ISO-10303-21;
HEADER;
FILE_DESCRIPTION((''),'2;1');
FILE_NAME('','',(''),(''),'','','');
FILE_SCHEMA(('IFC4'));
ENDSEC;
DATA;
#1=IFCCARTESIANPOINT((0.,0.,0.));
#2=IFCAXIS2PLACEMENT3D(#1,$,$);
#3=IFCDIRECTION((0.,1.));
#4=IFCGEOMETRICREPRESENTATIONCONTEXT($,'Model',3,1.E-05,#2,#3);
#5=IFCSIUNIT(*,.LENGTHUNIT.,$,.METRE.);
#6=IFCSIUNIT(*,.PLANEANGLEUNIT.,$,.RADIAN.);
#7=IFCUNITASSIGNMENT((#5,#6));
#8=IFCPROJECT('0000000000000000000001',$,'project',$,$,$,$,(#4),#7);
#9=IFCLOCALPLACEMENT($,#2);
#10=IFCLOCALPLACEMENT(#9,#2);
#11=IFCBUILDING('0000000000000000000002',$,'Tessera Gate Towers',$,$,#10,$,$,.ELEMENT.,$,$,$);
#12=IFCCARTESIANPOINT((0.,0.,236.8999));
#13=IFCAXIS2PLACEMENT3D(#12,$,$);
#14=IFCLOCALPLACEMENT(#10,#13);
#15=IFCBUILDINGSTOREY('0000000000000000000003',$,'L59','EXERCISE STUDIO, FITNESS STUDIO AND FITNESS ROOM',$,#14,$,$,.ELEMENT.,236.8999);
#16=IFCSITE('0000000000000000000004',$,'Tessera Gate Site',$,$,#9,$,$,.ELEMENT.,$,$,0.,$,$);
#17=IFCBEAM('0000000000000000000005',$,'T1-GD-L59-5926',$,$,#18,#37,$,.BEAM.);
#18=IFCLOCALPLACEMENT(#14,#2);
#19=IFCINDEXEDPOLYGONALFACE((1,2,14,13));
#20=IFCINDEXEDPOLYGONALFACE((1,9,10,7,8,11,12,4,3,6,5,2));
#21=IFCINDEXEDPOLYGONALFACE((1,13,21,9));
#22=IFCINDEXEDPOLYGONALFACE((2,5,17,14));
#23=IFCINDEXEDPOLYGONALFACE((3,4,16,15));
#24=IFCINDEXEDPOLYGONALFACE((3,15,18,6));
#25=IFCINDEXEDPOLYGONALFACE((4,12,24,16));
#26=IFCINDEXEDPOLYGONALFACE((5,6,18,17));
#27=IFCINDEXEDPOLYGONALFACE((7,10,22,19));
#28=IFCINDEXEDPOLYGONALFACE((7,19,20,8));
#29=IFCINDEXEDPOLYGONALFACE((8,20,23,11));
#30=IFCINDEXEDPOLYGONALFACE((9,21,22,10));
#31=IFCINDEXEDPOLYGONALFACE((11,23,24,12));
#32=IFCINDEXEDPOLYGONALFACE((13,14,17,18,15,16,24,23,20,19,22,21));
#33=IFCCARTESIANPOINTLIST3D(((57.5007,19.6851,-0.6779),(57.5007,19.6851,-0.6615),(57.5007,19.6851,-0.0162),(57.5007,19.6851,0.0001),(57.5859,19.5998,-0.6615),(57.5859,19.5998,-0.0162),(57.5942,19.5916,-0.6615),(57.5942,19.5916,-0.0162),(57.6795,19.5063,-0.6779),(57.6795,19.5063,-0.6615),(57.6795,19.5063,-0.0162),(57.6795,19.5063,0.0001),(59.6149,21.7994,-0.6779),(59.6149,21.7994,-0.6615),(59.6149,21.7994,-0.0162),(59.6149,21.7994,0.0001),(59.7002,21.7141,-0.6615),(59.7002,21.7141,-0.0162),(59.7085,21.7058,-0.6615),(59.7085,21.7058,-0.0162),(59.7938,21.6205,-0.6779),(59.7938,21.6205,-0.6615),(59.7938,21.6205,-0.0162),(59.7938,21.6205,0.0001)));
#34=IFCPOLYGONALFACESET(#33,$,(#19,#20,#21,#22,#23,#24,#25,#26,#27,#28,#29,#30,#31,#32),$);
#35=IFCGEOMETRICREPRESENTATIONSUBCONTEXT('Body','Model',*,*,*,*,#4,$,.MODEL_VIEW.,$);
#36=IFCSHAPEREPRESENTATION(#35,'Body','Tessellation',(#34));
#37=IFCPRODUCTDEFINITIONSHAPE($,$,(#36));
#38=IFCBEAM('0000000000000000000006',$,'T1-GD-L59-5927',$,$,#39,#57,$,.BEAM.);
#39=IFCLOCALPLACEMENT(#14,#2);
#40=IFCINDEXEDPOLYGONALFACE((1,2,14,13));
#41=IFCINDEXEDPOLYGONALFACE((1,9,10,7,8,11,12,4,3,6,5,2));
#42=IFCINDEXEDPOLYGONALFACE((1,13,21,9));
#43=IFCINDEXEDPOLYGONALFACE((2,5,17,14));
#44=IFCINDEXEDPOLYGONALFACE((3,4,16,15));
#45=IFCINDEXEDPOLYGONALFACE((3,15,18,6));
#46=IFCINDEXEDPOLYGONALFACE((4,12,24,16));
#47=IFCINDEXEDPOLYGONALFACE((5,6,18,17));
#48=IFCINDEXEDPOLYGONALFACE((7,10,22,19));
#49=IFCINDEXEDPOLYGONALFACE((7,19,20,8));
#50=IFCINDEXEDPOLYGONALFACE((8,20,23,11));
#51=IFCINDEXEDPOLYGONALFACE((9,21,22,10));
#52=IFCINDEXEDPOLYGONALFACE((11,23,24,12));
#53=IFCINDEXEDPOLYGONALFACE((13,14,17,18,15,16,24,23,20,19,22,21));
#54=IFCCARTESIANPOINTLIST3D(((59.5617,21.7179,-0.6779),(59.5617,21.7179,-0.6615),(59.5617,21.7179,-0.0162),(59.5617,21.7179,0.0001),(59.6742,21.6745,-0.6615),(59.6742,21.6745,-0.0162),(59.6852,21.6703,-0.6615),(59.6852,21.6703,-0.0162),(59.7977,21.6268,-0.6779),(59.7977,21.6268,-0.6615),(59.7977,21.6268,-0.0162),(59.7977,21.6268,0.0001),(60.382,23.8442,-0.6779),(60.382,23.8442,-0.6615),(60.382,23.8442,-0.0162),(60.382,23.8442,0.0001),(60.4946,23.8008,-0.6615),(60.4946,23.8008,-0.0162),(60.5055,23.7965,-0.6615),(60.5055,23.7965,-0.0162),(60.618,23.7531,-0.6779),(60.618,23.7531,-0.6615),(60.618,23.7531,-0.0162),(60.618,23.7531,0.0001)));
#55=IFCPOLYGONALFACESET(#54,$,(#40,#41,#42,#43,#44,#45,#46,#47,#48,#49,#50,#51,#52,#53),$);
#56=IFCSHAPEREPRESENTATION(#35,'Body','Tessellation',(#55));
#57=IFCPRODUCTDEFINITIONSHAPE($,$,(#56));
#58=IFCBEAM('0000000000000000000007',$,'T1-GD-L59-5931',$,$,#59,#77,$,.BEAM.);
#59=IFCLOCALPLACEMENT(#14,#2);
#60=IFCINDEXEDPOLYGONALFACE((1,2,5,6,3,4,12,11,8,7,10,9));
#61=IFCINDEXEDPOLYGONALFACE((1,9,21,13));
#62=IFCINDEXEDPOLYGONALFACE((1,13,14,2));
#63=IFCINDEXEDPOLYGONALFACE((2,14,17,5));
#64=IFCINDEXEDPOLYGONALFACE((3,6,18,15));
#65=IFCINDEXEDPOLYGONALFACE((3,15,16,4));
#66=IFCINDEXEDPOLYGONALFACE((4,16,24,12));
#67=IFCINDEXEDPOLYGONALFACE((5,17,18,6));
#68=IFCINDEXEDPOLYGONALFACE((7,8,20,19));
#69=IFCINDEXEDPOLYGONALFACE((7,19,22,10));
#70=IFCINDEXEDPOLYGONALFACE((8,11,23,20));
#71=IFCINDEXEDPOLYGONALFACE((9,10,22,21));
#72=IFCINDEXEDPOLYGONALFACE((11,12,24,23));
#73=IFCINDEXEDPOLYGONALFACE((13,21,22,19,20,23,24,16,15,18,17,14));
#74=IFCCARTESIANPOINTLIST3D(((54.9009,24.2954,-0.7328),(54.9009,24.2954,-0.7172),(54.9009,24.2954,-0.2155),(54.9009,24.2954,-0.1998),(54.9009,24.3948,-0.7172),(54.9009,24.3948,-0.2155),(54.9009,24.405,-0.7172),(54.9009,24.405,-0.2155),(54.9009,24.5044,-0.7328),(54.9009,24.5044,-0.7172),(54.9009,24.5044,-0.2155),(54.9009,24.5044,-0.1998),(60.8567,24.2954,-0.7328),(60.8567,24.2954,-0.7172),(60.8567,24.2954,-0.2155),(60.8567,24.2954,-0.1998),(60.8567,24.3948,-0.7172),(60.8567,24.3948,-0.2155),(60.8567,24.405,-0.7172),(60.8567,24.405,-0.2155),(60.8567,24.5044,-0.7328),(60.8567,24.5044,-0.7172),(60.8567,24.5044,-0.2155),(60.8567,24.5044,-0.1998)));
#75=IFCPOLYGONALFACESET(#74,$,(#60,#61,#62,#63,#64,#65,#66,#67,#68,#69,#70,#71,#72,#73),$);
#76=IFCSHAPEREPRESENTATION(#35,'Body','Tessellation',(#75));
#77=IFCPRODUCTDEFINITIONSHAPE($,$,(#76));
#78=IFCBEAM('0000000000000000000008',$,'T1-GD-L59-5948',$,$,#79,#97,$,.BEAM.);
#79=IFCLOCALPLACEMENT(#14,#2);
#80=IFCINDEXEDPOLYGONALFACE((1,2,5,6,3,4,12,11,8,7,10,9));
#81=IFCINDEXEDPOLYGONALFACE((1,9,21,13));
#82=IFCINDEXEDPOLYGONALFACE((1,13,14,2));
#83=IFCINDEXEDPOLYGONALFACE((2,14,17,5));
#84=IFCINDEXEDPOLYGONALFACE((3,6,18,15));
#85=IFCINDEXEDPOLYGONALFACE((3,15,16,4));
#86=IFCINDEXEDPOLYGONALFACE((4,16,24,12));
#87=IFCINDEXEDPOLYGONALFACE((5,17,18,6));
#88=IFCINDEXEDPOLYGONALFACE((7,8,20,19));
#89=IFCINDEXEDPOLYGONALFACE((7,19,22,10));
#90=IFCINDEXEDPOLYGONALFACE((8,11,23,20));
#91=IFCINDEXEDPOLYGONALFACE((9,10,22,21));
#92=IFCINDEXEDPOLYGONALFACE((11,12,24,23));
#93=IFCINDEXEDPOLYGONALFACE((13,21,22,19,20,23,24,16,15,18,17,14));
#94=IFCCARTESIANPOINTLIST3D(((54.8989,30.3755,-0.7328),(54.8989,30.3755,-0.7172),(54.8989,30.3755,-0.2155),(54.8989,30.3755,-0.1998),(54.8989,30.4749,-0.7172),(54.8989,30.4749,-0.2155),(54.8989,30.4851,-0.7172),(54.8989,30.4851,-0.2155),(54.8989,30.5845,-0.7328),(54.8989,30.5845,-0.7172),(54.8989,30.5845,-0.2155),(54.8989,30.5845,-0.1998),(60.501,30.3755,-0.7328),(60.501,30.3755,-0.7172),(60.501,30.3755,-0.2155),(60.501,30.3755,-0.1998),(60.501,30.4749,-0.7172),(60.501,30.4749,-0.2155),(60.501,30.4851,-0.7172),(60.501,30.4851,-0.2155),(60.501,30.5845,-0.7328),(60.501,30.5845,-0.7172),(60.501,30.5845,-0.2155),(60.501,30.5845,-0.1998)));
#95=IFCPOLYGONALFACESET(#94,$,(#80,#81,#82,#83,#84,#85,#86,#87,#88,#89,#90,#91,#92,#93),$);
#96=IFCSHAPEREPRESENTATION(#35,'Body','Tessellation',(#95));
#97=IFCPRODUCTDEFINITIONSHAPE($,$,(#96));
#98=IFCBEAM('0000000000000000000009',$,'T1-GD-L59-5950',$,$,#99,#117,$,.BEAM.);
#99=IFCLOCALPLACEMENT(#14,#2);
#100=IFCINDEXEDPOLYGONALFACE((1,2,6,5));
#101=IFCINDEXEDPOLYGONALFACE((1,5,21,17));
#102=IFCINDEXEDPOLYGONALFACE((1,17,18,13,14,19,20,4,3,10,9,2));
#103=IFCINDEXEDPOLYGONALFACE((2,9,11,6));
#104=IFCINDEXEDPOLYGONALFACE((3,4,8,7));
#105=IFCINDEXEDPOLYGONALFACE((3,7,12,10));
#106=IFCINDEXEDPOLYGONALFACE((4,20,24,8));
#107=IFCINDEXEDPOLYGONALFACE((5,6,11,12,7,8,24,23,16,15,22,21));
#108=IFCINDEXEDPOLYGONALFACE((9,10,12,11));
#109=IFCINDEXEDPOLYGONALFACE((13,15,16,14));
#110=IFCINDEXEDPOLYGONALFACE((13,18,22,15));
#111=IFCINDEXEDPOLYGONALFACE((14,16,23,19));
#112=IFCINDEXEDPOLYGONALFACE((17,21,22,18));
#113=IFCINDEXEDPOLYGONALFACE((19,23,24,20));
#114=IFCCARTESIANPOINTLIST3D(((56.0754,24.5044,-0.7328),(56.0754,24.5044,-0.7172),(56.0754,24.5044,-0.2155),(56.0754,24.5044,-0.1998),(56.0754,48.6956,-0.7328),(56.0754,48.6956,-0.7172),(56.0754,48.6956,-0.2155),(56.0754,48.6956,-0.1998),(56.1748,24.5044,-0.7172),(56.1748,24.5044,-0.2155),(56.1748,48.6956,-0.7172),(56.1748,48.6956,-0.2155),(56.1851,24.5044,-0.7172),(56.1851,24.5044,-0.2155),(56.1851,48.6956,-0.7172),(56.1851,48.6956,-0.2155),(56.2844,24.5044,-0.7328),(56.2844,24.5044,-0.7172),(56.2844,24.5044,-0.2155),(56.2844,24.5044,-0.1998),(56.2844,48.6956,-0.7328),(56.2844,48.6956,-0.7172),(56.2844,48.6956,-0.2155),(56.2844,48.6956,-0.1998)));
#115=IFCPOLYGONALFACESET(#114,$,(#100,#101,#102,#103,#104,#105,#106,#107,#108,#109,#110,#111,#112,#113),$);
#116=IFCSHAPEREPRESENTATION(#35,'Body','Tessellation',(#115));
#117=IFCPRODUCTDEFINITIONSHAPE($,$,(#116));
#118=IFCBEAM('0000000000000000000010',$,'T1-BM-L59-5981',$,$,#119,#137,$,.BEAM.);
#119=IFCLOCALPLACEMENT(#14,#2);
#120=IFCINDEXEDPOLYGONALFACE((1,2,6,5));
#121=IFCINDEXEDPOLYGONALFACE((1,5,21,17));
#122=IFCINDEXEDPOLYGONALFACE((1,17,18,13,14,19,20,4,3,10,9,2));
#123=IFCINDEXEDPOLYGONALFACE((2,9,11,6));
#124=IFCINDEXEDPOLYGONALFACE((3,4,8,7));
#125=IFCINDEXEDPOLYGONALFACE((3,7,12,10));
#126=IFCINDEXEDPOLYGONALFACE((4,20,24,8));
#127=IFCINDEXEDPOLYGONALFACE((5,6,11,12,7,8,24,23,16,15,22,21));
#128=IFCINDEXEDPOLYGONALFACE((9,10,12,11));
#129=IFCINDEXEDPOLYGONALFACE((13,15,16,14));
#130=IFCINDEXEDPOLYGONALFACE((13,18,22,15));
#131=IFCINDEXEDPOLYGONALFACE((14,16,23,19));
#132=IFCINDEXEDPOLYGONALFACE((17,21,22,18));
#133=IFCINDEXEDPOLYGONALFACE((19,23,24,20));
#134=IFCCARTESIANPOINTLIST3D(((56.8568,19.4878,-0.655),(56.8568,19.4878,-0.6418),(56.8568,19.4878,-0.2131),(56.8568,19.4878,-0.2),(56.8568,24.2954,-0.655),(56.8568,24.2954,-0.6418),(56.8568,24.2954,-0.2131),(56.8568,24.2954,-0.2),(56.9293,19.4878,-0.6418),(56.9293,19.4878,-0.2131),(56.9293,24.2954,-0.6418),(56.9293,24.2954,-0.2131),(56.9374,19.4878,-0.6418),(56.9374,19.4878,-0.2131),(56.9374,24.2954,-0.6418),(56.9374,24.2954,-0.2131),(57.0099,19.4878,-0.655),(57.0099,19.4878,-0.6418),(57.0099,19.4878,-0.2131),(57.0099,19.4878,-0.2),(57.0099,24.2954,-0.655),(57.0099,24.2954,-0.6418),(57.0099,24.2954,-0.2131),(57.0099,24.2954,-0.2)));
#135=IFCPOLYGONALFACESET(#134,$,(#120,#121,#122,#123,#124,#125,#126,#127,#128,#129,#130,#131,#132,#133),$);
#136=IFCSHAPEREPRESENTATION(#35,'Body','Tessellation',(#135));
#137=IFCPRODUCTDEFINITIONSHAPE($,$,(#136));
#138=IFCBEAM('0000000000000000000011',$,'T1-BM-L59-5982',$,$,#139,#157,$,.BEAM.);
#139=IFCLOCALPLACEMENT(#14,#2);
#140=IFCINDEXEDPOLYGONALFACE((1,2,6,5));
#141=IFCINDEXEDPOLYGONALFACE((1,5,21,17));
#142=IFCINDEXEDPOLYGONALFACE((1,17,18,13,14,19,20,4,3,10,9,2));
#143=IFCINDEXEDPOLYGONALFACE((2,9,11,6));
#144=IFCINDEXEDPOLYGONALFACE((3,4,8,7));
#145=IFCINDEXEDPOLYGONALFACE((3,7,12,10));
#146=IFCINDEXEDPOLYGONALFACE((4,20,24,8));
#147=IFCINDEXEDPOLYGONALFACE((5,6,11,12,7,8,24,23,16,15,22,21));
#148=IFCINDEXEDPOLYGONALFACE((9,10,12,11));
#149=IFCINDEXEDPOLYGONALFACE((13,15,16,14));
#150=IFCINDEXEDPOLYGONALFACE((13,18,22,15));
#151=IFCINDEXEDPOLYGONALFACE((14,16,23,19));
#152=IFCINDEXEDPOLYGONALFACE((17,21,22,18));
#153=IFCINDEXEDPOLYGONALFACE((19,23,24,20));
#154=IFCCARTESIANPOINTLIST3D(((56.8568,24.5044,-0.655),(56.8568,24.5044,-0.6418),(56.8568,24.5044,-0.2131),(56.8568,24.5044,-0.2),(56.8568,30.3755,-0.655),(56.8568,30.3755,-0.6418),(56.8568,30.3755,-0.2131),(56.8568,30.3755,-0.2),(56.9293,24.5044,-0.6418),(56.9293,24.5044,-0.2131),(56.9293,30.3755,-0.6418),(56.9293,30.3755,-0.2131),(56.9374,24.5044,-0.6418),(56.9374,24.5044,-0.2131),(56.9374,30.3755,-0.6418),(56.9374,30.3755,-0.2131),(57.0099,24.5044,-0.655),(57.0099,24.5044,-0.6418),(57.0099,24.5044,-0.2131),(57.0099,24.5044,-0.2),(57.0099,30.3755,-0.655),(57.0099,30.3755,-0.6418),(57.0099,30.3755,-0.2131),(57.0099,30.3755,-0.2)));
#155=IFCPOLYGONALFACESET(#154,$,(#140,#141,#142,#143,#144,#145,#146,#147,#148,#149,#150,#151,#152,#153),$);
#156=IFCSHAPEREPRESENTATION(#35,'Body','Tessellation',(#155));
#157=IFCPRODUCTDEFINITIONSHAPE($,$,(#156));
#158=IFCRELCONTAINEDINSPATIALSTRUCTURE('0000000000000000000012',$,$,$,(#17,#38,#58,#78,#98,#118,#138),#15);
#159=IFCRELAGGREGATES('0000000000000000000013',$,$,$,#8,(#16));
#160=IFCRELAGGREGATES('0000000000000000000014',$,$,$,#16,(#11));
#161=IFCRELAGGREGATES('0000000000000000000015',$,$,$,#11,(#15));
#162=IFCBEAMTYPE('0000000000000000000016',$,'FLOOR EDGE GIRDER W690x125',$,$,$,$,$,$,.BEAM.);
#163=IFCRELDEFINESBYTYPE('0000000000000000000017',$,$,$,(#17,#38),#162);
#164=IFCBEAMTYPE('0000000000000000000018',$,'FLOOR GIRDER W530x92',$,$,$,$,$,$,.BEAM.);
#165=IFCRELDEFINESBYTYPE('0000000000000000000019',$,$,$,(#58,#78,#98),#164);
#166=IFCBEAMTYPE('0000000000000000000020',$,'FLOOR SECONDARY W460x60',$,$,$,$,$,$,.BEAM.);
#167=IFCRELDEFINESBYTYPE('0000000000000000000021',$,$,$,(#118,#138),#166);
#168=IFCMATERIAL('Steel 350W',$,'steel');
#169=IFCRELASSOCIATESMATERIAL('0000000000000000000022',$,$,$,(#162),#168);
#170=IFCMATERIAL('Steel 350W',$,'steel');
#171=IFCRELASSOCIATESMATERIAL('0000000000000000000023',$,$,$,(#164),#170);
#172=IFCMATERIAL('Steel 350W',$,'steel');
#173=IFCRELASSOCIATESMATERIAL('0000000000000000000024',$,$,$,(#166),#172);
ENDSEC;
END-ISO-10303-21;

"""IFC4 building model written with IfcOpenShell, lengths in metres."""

from ifc_helpers import new_model, si_unit, direction, frame, origin, origin_2d, place, context, subcontext, project, spatial, i_section, extrude, material, material_profile, profile_set, type_object, element, save


model = new_model("IFC4")

# Units and contexts
model_context = context("Model", 3, precision=1e-05, world=origin(), true_north=direction((0.0, 1.0)))
body_context = subcontext(model_context, "Body", "Model", "MODEL_VIEW")
ifc_project = project(units=[si_unit("LENGTHUNIT", "METRE"), si_unit("PLANEANGLEUNIT", "RADIAN")], contexts=[model_context])

# Site, building, storey
site_placement = place(None, origin())
site = spatial("IfcSite", under=ifc_project, at=site_placement, Name="Tessera Gate Site", CompositionType="ELEMENT", RefElevation=0.0)
building_placement = place(site_placement, origin())
building = spatial("IfcBuilding", under=site, at=building_placement, Name="Tessera Gate Towers", CompositionType="ELEMENT")
storey_placement = place(building_placement, frame((0.0, 0.0, 236.8999)))
storey = spatial("IfcBuildingStorey", under=building, at=storey_placement, Name="L59", Description="EXERCISE STUDIO, FITNESS STUDIO AND FITNESS ROOM", CompositionType="ELEMENT", Elevation=236.8999)

# Beams
ifc_material_1 = material(Name="Steel 350W", Category="steel")
ifc_material_profile_1 = material_profile(ifc_material_1, i_section(OverallWidth=0.2529, OverallDepth=0.678, WebThickness=0.0117, FlangeThickness=0.0164, at=origin_2d()), Name="W690x125")
ifc_profile_set_1 = profile_set([ifc_material_profile_1], Name="Steel 350W")
beam_type_1 = type_object("IfcBeamType", Name="FLOOR EDGE GIRDER W690x125", PredefinedType="BEAM", material=ifc_profile_set_1)
beam_1_placement = place(storey_placement, frame((57.5901, 19.5957, -0.3389), z_axis=(0.707107, 0.707107, 0.0), x_axis=(-0.707107, 0.707107, 0.0)))
element("IfcBeam", 1, at=beam_1_placement, inside=storey, type_object=beam_type_1, Name="T1-GD-L59-5926", PredefinedType="BEAM", context=body_context, shape_type="SweptSolid", body=[
    extrude(i_section(OverallWidth=0.2529, OverallDepth=0.678, WebThickness=0.0117, FlangeThickness=0.0164, at=origin_2d()), origin(), (0.0, 0.0, 1.0), 2.99),
])
beam_2_placement = place(storey_placement, frame((59.6797, 21.6724, -0.3389), z_axis=(0.359948, 0.932972, 0.0), x_axis=(-0.932972, 0.359948, 0.0)))
element("IfcBeam", 2, at=beam_2_placement, inside=storey, type_object=beam_type_1, Name="T1-GD-L59-5927", PredefinedType="BEAM", context=body_context, shape_type="SweptSolid", body=[
    extrude(i_section(OverallWidth=0.2529, OverallDepth=0.678, WebThickness=0.0117, FlangeThickness=0.0164, at=origin_2d()), origin(), (0.0, 0.0, 1.0), 2.2791),
])
ifc_material_2 = material(Name="Steel 350W", Category="steel")
ifc_material_profile_2 = material_profile(ifc_material_2, i_section(OverallWidth=0.209, OverallDepth=0.533, WebThickness=0.0103, FlangeThickness=0.0156, at=origin_2d()), Name="W530x92")
ifc_profile_set_2 = profile_set([ifc_material_profile_2], Name="Steel 350W")
beam_type_2 = type_object("IfcBeamType", Name="FLOOR GIRDER W530x92", PredefinedType="BEAM", material=ifc_profile_set_2)
beam_3_placement = place(storey_placement, frame((54.9009, 24.3999, -0.4663), z_axis=(1.0, 0.0, 0.0), x_axis=(0.0, 1.0, 0.0)))
element("IfcBeam", 3, at=beam_3_placement, inside=storey, type_object=beam_type_2, Name="T1-GD-L59-5931", PredefinedType="BEAM", context=body_context, shape_type="SweptSolid", body=[
    extrude(i_section(OverallWidth=0.209, OverallDepth=0.533, WebThickness=0.0103, FlangeThickness=0.0156, at=origin_2d()), origin(), (0.0, 0.0, 1.0), 5.9558),
])
beam_4_placement = place(storey_placement, frame((54.8989, 30.48, -0.4663), z_axis=(1.0, 0.0, 0.0), x_axis=(0.0, 1.0, 0.0)))
element("IfcBeam", 4, at=beam_4_placement, inside=storey, type_object=beam_type_2, Name="T1-GD-L59-5948", PredefinedType="BEAM", context=body_context, shape_type="SweptSolid", body=[
    extrude(i_section(OverallWidth=0.209, OverallDepth=0.533, WebThickness=0.0103, FlangeThickness=0.0156, at=origin_2d()), origin(), (0.0, 0.0, 1.0), 5.6021),
])
beam_5_placement = place(storey_placement, frame((56.1799, 24.5044, -0.4663), z_axis=(0.0, 1.0, 0.0), x_axis=(-1.0, 0.0, 0.0)))
element("IfcBeam", 5, at=beam_5_placement, inside=storey, type_object=beam_type_2, Name="T1-GD-L59-5950", PredefinedType="BEAM", context=body_context, shape_type="SweptSolid", body=[
    extrude(i_section(OverallWidth=0.209, OverallDepth=0.533, WebThickness=0.0103, FlangeThickness=0.0156, at=origin_2d()), origin(), (0.0, 0.0, 1.0), 24.1912),
])
ifc_material_3 = material(Name="Steel 350W", Category="steel")
ifc_material_profile_3 = material_profile(ifc_material_3, i_section(OverallWidth=0.1531, OverallDepth=0.4551, WebThickness=0.0081, FlangeThickness=0.0132, at=origin_2d()), Name="W460x60")
ifc_profile_set_3 = profile_set([ifc_material_profile_3], Name="Steel 350W")
beam_type_3 = type_object("IfcBeamType", Name="FLOOR SECONDARY W460x60", PredefinedType="BEAM", material=ifc_profile_set_3)
beam_6_placement = place(storey_placement, frame((56.9333, 19.4878, -0.4275), z_axis=(0.0, 1.0, 0.0), x_axis=(-1.0, 0.0, 0.0)))
element("IfcBeam", 6, at=beam_6_placement, inside=storey, type_object=beam_type_3, Name="T1-BM-L59-5981", PredefinedType="BEAM", context=body_context, shape_type="SweptSolid", body=[
    extrude(i_section(OverallWidth=0.1531, OverallDepth=0.4551, WebThickness=0.0081, FlangeThickness=0.0132, at=origin_2d()), origin(), (0.0, 0.0, 1.0), 4.8076),
])
beam_7_placement = place(storey_placement, frame((56.9333, 24.5044, -0.4275), z_axis=(0.0, 1.0, 0.0), x_axis=(-1.0, 0.0, 0.0)))
element("IfcBeam", 7, at=beam_7_placement, inside=storey, type_object=beam_type_3, Name="T1-BM-L59-5982", PredefinedType="BEAM", context=body_context, shape_type="SweptSolid", body=[
    extrude(i_section(OverallWidth=0.1531, OverallDepth=0.4551, WebThickness=0.0081, FlangeThickness=0.0132, at=origin_2d()), origin(), (0.0, 0.0, 1.0), 5.8711),
])

save(model, "model.ifc")
